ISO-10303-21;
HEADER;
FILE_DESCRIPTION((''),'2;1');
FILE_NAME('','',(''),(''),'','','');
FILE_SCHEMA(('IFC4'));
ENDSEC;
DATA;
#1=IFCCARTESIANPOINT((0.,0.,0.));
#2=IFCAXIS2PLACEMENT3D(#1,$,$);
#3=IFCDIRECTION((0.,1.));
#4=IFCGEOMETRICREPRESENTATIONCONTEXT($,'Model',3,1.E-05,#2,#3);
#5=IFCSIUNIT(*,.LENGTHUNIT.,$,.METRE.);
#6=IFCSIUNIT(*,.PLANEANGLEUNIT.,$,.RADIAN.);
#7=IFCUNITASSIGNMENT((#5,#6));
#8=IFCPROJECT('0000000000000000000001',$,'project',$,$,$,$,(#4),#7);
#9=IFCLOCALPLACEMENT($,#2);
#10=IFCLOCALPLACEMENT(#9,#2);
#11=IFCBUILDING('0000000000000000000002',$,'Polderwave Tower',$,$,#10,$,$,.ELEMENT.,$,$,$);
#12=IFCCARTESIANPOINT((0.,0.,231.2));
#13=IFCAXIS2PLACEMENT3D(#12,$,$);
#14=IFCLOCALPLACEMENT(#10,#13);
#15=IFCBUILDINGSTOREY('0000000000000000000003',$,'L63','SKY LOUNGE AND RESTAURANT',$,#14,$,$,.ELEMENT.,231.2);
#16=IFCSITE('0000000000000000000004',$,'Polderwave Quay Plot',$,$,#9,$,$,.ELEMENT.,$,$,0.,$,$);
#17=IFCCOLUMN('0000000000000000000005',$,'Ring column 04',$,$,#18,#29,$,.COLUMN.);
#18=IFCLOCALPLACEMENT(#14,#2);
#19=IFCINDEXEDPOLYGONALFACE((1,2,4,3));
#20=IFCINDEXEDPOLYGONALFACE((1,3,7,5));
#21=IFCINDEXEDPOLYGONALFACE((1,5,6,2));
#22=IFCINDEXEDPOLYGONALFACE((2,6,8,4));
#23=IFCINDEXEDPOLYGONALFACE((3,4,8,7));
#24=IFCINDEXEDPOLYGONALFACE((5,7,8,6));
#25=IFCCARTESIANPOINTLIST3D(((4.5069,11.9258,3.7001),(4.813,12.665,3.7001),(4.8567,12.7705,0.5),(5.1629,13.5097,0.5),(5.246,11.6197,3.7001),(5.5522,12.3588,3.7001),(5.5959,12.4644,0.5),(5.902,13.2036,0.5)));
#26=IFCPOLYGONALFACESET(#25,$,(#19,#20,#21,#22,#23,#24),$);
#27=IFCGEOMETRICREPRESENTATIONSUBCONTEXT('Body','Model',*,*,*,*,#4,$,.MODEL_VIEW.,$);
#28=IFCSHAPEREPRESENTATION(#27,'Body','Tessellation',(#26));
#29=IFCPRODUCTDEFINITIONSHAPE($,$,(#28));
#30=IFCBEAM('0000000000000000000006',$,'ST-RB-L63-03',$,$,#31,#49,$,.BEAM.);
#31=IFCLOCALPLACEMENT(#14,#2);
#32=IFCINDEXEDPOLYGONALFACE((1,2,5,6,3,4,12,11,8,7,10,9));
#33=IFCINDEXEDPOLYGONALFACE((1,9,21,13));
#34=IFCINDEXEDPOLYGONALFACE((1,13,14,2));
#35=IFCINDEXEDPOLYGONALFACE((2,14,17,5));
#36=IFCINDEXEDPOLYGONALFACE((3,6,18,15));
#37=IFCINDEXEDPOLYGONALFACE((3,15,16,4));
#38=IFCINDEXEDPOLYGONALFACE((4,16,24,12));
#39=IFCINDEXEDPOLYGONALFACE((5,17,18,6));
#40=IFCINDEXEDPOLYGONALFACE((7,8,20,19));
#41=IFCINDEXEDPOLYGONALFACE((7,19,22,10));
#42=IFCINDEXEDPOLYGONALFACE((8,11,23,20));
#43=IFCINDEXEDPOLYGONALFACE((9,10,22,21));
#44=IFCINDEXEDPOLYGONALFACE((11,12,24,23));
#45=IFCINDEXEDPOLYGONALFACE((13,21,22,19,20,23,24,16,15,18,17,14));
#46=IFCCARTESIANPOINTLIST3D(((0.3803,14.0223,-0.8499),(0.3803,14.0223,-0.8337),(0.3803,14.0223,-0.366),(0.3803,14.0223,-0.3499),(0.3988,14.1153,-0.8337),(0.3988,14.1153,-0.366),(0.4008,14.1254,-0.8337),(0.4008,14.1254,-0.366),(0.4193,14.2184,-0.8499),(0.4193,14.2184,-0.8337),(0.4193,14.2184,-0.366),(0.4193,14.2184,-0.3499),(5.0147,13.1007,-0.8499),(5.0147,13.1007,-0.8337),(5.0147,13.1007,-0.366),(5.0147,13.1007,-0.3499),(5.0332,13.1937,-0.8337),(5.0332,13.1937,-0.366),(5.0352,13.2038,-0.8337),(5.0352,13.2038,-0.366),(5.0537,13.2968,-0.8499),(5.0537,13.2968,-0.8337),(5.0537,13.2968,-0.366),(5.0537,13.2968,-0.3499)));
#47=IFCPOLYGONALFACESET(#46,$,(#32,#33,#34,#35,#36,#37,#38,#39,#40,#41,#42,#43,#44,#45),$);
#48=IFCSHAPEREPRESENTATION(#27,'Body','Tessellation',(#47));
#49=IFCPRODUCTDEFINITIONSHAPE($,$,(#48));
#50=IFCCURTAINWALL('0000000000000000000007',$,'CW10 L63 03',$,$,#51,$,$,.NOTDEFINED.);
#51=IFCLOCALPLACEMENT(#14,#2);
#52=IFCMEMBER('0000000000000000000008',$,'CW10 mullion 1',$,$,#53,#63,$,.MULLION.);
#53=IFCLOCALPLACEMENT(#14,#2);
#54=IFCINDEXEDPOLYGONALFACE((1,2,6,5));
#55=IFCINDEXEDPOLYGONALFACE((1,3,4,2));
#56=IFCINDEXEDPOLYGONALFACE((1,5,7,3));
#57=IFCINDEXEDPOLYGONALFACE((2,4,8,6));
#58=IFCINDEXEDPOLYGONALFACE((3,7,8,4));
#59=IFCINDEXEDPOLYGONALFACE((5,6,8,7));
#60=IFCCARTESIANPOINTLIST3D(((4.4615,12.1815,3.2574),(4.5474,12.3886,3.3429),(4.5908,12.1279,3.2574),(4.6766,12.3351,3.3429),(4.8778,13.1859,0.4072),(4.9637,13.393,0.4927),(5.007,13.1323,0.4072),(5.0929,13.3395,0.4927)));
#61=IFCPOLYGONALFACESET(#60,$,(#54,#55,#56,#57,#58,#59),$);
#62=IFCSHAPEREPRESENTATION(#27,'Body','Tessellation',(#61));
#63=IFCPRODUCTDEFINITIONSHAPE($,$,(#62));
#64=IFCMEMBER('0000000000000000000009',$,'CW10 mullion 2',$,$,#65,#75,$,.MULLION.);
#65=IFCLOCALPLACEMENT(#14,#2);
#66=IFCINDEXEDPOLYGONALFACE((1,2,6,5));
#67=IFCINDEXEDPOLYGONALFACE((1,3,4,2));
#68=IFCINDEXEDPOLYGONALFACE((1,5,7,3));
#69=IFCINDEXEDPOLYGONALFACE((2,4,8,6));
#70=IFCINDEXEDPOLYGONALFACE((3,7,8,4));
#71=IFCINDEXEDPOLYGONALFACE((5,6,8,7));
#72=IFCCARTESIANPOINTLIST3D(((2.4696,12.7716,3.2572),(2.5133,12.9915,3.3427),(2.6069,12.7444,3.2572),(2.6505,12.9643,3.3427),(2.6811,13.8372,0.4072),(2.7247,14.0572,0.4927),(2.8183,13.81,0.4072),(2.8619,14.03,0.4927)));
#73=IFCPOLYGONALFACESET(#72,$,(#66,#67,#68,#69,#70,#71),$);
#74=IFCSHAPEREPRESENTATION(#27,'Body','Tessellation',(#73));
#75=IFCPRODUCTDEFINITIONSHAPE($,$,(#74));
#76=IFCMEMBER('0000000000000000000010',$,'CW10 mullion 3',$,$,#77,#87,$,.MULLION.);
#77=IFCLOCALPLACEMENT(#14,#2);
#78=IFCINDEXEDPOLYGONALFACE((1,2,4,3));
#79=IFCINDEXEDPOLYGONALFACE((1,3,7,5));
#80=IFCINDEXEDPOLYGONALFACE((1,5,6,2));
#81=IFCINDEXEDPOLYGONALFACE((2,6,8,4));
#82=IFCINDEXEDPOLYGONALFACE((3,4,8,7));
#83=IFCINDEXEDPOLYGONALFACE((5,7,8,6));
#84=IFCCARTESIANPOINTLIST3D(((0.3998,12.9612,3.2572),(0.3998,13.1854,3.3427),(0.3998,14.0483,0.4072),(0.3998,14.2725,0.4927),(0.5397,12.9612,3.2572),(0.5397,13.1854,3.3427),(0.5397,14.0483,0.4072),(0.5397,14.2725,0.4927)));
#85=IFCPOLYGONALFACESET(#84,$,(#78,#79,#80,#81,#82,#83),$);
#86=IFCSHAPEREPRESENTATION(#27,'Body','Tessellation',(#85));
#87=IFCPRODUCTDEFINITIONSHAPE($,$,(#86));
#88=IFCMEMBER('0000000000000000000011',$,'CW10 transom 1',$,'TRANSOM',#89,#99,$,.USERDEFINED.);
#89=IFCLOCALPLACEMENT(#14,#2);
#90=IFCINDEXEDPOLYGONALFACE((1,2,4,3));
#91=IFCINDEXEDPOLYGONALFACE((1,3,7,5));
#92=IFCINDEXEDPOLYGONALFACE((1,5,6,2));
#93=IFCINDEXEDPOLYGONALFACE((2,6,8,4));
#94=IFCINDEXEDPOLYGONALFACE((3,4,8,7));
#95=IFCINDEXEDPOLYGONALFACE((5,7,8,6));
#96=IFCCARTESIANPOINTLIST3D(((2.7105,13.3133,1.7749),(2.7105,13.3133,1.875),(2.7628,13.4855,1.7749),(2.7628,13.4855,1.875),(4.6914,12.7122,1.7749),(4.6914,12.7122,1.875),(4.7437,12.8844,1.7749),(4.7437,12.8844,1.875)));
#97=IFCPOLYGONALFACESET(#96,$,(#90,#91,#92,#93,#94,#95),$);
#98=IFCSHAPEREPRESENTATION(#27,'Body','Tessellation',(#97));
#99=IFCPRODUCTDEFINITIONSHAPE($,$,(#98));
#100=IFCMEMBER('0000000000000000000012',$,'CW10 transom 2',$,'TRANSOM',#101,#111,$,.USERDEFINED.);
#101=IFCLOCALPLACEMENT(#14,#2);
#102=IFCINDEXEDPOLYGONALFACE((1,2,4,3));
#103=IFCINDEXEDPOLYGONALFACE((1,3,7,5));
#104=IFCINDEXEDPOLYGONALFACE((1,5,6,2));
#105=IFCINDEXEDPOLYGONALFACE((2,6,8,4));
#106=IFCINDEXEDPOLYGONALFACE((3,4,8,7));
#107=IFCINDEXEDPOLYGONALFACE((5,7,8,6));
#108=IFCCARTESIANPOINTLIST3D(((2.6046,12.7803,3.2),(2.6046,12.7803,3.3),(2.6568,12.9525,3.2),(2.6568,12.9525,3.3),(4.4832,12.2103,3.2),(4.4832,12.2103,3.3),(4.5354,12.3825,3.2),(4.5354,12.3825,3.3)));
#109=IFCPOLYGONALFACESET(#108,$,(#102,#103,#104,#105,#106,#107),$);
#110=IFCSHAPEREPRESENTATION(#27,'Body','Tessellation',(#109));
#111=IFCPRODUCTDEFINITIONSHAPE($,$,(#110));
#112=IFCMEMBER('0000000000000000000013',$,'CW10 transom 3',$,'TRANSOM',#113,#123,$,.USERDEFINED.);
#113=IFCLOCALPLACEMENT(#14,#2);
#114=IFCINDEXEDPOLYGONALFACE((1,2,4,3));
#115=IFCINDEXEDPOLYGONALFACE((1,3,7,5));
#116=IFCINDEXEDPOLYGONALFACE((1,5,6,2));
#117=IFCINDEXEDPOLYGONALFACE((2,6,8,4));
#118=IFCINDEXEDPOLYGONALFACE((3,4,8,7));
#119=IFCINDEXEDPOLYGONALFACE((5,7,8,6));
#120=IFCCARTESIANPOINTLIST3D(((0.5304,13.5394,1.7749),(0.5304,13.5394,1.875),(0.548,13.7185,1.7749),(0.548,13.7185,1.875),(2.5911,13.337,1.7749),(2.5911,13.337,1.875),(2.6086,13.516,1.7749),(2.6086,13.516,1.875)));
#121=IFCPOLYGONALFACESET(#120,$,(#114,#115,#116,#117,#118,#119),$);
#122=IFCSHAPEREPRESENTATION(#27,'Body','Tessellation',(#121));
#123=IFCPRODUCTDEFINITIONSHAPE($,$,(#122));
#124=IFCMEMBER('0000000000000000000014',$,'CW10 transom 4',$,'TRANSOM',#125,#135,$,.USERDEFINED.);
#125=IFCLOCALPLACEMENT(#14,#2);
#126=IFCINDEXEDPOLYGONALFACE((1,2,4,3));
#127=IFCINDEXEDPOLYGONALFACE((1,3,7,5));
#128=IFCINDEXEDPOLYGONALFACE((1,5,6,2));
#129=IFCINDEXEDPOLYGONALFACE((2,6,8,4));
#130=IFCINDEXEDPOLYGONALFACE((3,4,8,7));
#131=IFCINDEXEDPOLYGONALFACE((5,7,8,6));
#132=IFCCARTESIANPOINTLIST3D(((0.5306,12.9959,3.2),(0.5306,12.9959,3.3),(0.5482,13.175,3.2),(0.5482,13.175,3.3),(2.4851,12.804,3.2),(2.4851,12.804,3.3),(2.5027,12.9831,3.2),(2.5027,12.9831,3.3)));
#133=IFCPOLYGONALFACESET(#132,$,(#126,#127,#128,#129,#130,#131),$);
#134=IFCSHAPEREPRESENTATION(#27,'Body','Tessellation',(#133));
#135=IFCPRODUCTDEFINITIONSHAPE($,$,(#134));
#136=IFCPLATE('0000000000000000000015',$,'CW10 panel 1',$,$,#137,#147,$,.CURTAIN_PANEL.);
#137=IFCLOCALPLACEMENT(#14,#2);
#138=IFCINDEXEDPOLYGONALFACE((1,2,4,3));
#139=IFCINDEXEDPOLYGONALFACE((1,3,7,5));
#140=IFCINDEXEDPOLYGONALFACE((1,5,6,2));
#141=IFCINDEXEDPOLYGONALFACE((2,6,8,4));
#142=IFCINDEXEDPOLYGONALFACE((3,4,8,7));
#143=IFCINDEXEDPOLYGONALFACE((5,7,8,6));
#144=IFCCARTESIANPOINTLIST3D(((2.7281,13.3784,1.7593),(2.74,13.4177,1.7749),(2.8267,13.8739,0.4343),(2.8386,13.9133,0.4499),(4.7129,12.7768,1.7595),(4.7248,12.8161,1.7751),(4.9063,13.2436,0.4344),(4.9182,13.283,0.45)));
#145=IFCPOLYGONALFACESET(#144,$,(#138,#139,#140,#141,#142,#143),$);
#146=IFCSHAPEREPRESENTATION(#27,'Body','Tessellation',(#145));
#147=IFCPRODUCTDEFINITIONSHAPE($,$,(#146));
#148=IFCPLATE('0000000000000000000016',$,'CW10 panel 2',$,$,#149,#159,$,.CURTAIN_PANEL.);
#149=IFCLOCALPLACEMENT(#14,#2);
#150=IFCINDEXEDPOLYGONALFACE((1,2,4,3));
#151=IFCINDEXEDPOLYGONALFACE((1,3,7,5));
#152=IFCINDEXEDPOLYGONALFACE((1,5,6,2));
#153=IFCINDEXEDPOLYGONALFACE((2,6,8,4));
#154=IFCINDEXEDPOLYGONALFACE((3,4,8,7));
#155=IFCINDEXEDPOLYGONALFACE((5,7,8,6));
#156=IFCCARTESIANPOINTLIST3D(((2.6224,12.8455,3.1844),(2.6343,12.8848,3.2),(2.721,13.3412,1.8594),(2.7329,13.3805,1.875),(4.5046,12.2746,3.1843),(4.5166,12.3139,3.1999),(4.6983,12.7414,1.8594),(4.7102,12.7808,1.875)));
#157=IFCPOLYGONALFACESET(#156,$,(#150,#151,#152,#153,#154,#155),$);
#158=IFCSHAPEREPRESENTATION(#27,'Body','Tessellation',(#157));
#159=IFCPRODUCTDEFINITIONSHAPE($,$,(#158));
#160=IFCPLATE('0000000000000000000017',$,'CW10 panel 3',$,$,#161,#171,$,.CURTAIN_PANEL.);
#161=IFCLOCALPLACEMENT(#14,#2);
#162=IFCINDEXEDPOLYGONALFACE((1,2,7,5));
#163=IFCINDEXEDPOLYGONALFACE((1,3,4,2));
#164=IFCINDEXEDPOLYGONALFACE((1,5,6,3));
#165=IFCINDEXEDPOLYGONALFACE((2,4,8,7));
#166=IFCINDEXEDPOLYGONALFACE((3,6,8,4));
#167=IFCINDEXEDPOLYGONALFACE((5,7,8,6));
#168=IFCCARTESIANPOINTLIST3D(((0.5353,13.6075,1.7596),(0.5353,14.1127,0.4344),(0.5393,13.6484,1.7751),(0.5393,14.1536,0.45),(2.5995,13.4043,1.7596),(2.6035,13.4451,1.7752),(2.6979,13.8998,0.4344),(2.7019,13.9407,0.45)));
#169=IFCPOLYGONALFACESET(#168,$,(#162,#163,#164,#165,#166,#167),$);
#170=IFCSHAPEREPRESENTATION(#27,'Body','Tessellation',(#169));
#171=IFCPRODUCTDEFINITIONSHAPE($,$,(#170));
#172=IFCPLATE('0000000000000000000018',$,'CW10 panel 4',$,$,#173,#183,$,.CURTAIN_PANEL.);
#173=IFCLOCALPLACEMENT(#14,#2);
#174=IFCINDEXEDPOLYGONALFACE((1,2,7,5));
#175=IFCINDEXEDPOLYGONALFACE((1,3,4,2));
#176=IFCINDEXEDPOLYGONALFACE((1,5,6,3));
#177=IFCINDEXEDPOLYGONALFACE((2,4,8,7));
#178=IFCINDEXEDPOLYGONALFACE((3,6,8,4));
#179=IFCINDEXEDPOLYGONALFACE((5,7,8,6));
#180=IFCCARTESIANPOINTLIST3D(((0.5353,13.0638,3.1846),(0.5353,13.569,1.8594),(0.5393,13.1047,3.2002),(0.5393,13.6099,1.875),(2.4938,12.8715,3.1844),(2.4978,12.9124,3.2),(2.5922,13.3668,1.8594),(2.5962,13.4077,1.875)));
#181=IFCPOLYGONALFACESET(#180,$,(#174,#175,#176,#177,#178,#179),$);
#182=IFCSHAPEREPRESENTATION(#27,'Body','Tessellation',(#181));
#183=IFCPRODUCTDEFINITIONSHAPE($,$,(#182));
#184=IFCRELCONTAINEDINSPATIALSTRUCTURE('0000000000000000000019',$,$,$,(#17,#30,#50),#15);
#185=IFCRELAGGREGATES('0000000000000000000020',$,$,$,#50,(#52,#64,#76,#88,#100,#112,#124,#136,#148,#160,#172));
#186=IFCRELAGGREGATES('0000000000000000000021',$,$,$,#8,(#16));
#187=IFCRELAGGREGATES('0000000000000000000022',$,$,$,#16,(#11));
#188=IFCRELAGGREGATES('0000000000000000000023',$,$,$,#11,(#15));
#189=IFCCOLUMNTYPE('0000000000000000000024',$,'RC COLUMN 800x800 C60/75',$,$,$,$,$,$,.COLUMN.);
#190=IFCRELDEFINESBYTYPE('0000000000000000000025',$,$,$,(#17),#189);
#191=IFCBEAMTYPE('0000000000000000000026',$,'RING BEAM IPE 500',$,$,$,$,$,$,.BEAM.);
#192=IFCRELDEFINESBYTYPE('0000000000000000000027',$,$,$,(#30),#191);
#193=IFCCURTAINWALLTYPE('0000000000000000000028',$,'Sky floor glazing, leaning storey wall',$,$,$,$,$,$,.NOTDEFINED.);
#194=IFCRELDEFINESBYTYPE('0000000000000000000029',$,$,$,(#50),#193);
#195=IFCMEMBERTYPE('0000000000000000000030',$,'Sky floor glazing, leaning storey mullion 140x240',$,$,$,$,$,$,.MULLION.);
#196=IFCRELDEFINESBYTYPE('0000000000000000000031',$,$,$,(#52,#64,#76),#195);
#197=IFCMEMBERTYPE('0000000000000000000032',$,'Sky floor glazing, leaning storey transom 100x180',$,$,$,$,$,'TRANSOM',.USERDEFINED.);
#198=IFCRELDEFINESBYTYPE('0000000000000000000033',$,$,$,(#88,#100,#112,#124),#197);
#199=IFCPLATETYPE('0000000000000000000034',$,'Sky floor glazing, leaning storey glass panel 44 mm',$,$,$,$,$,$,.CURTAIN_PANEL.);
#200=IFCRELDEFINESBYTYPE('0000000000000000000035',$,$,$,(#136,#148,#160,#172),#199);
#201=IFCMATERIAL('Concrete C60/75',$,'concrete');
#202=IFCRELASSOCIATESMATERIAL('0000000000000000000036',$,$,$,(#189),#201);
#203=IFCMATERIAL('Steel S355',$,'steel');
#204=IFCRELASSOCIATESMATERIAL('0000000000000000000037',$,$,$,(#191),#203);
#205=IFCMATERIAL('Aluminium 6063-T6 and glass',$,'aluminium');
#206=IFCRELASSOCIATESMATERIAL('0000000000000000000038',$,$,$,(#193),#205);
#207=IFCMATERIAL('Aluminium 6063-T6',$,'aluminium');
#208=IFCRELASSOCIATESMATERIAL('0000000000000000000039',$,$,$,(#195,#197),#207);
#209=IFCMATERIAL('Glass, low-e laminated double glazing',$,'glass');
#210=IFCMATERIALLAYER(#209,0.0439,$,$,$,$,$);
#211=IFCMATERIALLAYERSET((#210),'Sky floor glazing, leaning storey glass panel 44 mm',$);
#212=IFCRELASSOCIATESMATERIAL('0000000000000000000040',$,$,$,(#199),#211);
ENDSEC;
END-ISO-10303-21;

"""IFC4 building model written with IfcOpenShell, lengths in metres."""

from ifc_helpers import new_model, si_unit, direction, frame, origin, origin_2d, place, context, subcontext, project, spatial, polyline, rectangle, i_section, outline, extrude, material, layer, layer_set, material_profile, profile_set, type_object, element, aggregate, save


model = new_model("IFC4")

# Units and contexts
model_context = context("Model", 3, precision=1e-05, world=origin(), true_north=direction((0.0, 1.0)))
body_context = subcontext(model_context, "Body", "Model", "MODEL_VIEW")
ifc_project = project(units=[si_unit("LENGTHUNIT", "METRE"), si_unit("PLANEANGLEUNIT", "RADIAN")], contexts=[model_context])

# Site, building, storey
site_placement = place(None, origin())
site = spatial("IfcSite", under=ifc_project, at=site_placement, Name="Polderwave Quay Plot", CompositionType="ELEMENT", RefElevation=0.0)
building_placement = place(site_placement, origin())
building = spatial("IfcBuilding", under=site, at=building_placement, Name="Polderwave Tower", CompositionType="ELEMENT")
storey_placement = place(building_placement, frame((0.0, 0.0, 231.2)))
storey = spatial("IfcBuildingStorey", under=building, at=storey_placement, Name="L63", Description="SKY LOUNGE AND RESTAURANT", CompositionType="ELEMENT", Elevation=231.2)

# Column
ifc_material_1 = material(Name="Concrete C60/75", Category="concrete")
ifc_material_profile_1 = material_profile(ifc_material_1, rectangle(XDim=0.8, YDim=0.8, at=origin_2d()), Name="RC 800x800")
ifc_profile_set_1 = profile_set([ifc_material_profile_1], Name="Concrete C60/75")
column_type = type_object("IfcColumnType", Name="RC COLUMN 800x800 C60/75", PredefinedType="COLUMN", material=ifc_profile_set_1)
column_placement = place(storey_placement, frame((5.3794, 12.9871, 0.5), z_axis=(0.0, 0.0, 1.0), x_axis=(0.923896, -0.382643, 0.0)))
element("IfcColumn", 1, at=column_placement, inside=storey, type_object=column_type, Name="Ring column 04", PredefinedType="COLUMN", context=body_context, shape_type="SweptSolid", body=[
    extrude(rectangle(XDim=0.8, YDim=0.8, at=origin_2d()), origin(), (0.0, -0.274731, 0.961521), 3.3281),
])

# Beam
ifc_material_2 = material(Name="Steel S355", Category="steel")
ifc_material_profile_2 = material_profile(ifc_material_2, i_section(OverallWidth=0.2, OverallDepth=0.5, WebThickness=0.0103, FlangeThickness=0.0161, at=origin_2d()), Name="IPE 500")
ifc_profile_set_2 = profile_set([ifc_material_profile_2], Name="Steel S355")
beam_type = type_object("IfcBeamType", Name="RING BEAM IPE 500", PredefinedType="BEAM", material=ifc_profile_set_2)
beam_placement = place(storey_placement, frame((5.0342, 13.1987, -0.5999), z_axis=(-0.980793, 0.195053, 0.0), x_axis=(-0.195053, -0.980793, 0.0)))
element("IfcBeam", 2, at=beam_placement, inside=storey, type_object=beam_type, Name="ST-RB-L63-03", PredefinedType="BEAM", context=body_context, shape_type="SweptSolid", body=[
    extrude(i_section(OverallWidth=0.2, OverallDepth=0.5, WebThickness=0.0103, FlangeThickness=0.0161, at=origin_2d()), origin(), (0.0, 0.0, 1.0), 4.7251),
])

# Curtain wall, members, plates
ifc_material_3 = material(Name="Aluminium 6063-T6 and glass", Category="aluminium")
curtain_wall_type = type_object("IfcCurtainWallType", Name="Sky floor glazing, leaning storey wall", PredefinedType="NOTDEFINED", material=ifc_material_3)
curtain_wall_placement = place(storey_placement, origin())
curtain_wall = element("IfcCurtainWall", 3, at=curtain_wall_placement, inside=storey, type_object=curtain_wall_type, Name="CW10 L63 03", PredefinedType="NOTDEFINED")
ifc_material_4 = material(Name="Aluminium 6063-T6", Category="aluminium")
ifc_material_profile_3 = material_profile(ifc_material_4, rectangle(XDim=0.1399, YDim=0.24, at=origin_2d()), Name="AL 140x240")
ifc_profile_set_3 = profile_set([ifc_material_profile_3], Name="Aluminium 6063-T6")
member_type_1 = type_object("IfcMemberType", Name="Sky floor glazing, leaning storey mullion 140x240", PredefinedType="MULLION", material=ifc_profile_set_3)
member_1_placement = place(storey_placement, frame((4.9854, 13.2627, 0.45), z_axis=(-0.136459, -0.329263, 0.934326), x_axis=(0.923806, -0.382861, 0.0)))
member_1 = element("IfcMember", 4, at=member_1_placement, type_object=member_type_1, Name="CW10 mullion 1", PredefinedType="MULLION", context=body_context, shape_type="SweptSolid", body=[
    extrude(rectangle(XDim=0.1399, YDim=0.24, at=origin_2d()), origin(), (0.0, 0.0, 1.0), 3.0505),
])
member_2_placement = place(storey_placement, frame((2.7715, 13.9336, 0.45), z_axis=(-0.069317, -0.349384, 0.934412), x_axis=(0.980882, -0.194603, 0.0)))
member_2 = element("IfcMember", 5, at=member_2_placement, type_object=member_type_1, Name="CW10 mullion 2", PredefinedType="MULLION", context=body_context, shape_type="SweptSolid", body=[
    extrude(rectangle(XDim=0.1399, YDim=0.24, at=origin_2d()), origin(), (0.0, 0.0, 1.0), 3.05),
])
member_3_placement = place(storey_placement, frame((0.4697, 14.1604, 0.45), z_axis=(0.0, -0.356398, 0.934334), x_axis=(1.0, 0.0, 0.0)))
member_3 = element("IfcMember", 6, at=member_3_placement, type_object=member_type_1, Name="CW10 mullion 3", PredefinedType="MULLION", context=body_context, shape_type="SweptSolid", body=[
    extrude(rectangle(XDim=0.1399, YDim=0.24, at=origin_2d()), origin(), (0.0, 0.0, 1.0), 3.0503),
])
ifc_material_profile_4 = material_profile(ifc_material_4, rectangle(XDim=0.1799, YDim=0.1001, at=origin_2d()), Name="AL 100x180")
ifc_profile_set_4 = profile_set([ifc_material_profile_4], Name="Aluminium 6063-T6")
member_type_2 = type_object("IfcMemberType", Name="Sky floor glazing, leaning storey transom 100x180", ElementType="TRANSOM", PredefinedType="USERDEFINED", material=ifc_profile_set_4)
member_4_placement = place(storey_placement, frame((4.7175, 12.7983, 1.825), z_axis=(-0.956919, 0.290354, 0.0), x_axis=(-0.290354, -0.956919, 0.0)))
member_4 = element("IfcMember", 7, at=member_4_placement, type_object=member_type_2, Name="CW10 transom 1", ObjectType="TRANSOM", PredefinedType="USERDEFINED", context=body_context, shape_type="SweptSolid", body=[
    extrude(rectangle(XDim=0.1799, YDim=0.1001, at=origin_2d()), origin(), (0.0, 0.0, 1.0), 2.0701),
])
member_5_placement = place(storey_placement, frame((4.5093, 12.2964, 3.25), z_axis=(-0.956915, 0.29037, 0.0), x_axis=(-0.29037, -0.956915, 0.0)))
member_5 = element("IfcMember", 8, at=member_5_placement, type_object=member_type_2, Name="CW10 transom 2", ObjectType="TRANSOM", PredefinedType="USERDEFINED", context=body_context, shape_type="SweptSolid", body=[
    extrude(rectangle(XDim=0.1799, YDim=0.1001, at=origin_2d()), origin(), (0.0, 0.0, 1.0), 1.9631),
])
member_6_placement = place(storey_placement, frame((2.5999, 13.4265, 1.825), z_axis=(-0.995211, 0.097752, 0.0), x_axis=(-0.097752, -0.995211, 0.0)))
member_6 = element("IfcMember", 9, at=member_6_placement, type_object=member_type_2, Name="CW10 transom 3", ObjectType="TRANSOM", PredefinedType="USERDEFINED", context=body_context, shape_type="SweptSolid", body=[
    extrude(rectangle(XDim=0.1799, YDim=0.1001, at=origin_2d()), origin(), (0.0, 0.0, 1.0), 2.0706),
])
member_7_placement = place(storey_placement, frame((2.4939, 12.8936, 3.25), z_axis=(-0.995215, 0.097707, 0.0), x_axis=(-0.097707, -0.995215, 0.0)))
member_7 = element("IfcMember", 10, at=member_7_placement, type_object=member_type_2, Name="CW10 transom 4", ObjectType="TRANSOM", PredefinedType="USERDEFINED", context=body_context, shape_type="SweptSolid", body=[
    extrude(rectangle(XDim=0.1799, YDim=0.1001, at=origin_2d()), origin(), (0.0, 0.0, 1.0), 1.9639),
])
ifc_material_5 = material(Name="Glass, low-e laminated double glazing", Category="glass")
ifc_layer_1 = layer(ifc_material_5, 0.0439)
ifc_layer_set_1 = layer_set([ifc_layer_1], Name="Sky floor glazing, leaning storey glass panel 44 mm")
plate_type = type_object("IfcPlateType", Name="Sky floor glazing, leaning storey glass panel 44 mm", PredefinedType="CURTAIN_PANEL", material=ifc_layer_set_1)
plate_1_placement = place(storey_placement, frame((4.9182, 13.283, 0.45), z_axis=(0.271177, 0.894749, 0.354807), x_axis=(-0.957011, 0.290052, -0.000014)))
plate_1 = element("IfcPlate", 11, at=plate_1_placement, type_object=plate_type, Name="CW10 panel 1", PredefinedType="CURTAIN_PANEL", context=body_context, shape_type="SweptSolid", body=[
    extrude(outline(polyline([(0.0, 0.0), (2.173, 0.0), (2.1237, 1.4172), (0.0496, 1.4174), (0.0, 0.0)])), origin(), (0.0, 0.0, -1.0), 0.0439),
])
plate_2_placement = place(storey_placement, frame((4.7102, 12.7808, 1.875), z_axis=(0.271354, 0.894647, 0.354929), x_axis=(-0.956948, 0.290258, -0.000019)))
plate_2 = element("IfcPlate", 12, at=plate_2_placement, type_object=plate_type, Name="CW10 panel 2", PredefinedType="CURTAIN_PANEL", context=body_context, shape_type="SweptSolid", body=[
    extrude(outline(polyline([(0.0, 0.0), (2.0663, 0.0), (2.0167, 1.4173), (0.0498, 1.4172), (0.0, 0.0)])), origin(), (0.0, 0.0, -1.0), 0.0439),
])
plate_3_placement = place(storey_placement, frame((2.7019, 13.9407, 0.45), z_axis=(0.091633, 0.930469, 0.354727), x_axis=(-0.995186, 0.098002, 0.000013)))
plate_3 = element("IfcPlate", 13, at=plate_3_placement, type_object=plate_type, Name="CW10 panel 3", PredefinedType="CURTAIN_PANEL", context=body_context, shape_type="SweptSolid", body=[
    extrude(outline(polyline([(0.0, 0.0), (2.1731, 0.0), (2.1236, 1.4173), (0.0494, 1.4174), (0.0, 0.0)])), origin(), (0.0, 0.0, -1.0), 0.0439),
])
plate_4_placement = place(storey_placement, frame((2.5962, 13.4077, 1.875), z_axis=(0.091448, 0.930505, 0.354681), x_axis=(-0.995205, 0.097807, 0.0)))
plate_4 = element("IfcPlate", 14, at=plate_4_placement, type_object=plate_type, Name="CW10 panel 4", PredefinedType="CURTAIN_PANEL", context=body_context, shape_type="SweptSolid", body=[
    extrude(outline(polyline([(0.0, 0.0), (2.0668, 0.0), (2.0174, 1.4173), (0.0495, 1.4171), (0.0, 0.0)])), origin(), (0.0, 0.0, -1.0), 0.0439),
])
aggregate(curtain_wall, [member_1, member_2, member_3, member_4, member_5, member_6, member_7, plate_1, plate_2, plate_3, plate_4])

save(model, "model.ifc")
